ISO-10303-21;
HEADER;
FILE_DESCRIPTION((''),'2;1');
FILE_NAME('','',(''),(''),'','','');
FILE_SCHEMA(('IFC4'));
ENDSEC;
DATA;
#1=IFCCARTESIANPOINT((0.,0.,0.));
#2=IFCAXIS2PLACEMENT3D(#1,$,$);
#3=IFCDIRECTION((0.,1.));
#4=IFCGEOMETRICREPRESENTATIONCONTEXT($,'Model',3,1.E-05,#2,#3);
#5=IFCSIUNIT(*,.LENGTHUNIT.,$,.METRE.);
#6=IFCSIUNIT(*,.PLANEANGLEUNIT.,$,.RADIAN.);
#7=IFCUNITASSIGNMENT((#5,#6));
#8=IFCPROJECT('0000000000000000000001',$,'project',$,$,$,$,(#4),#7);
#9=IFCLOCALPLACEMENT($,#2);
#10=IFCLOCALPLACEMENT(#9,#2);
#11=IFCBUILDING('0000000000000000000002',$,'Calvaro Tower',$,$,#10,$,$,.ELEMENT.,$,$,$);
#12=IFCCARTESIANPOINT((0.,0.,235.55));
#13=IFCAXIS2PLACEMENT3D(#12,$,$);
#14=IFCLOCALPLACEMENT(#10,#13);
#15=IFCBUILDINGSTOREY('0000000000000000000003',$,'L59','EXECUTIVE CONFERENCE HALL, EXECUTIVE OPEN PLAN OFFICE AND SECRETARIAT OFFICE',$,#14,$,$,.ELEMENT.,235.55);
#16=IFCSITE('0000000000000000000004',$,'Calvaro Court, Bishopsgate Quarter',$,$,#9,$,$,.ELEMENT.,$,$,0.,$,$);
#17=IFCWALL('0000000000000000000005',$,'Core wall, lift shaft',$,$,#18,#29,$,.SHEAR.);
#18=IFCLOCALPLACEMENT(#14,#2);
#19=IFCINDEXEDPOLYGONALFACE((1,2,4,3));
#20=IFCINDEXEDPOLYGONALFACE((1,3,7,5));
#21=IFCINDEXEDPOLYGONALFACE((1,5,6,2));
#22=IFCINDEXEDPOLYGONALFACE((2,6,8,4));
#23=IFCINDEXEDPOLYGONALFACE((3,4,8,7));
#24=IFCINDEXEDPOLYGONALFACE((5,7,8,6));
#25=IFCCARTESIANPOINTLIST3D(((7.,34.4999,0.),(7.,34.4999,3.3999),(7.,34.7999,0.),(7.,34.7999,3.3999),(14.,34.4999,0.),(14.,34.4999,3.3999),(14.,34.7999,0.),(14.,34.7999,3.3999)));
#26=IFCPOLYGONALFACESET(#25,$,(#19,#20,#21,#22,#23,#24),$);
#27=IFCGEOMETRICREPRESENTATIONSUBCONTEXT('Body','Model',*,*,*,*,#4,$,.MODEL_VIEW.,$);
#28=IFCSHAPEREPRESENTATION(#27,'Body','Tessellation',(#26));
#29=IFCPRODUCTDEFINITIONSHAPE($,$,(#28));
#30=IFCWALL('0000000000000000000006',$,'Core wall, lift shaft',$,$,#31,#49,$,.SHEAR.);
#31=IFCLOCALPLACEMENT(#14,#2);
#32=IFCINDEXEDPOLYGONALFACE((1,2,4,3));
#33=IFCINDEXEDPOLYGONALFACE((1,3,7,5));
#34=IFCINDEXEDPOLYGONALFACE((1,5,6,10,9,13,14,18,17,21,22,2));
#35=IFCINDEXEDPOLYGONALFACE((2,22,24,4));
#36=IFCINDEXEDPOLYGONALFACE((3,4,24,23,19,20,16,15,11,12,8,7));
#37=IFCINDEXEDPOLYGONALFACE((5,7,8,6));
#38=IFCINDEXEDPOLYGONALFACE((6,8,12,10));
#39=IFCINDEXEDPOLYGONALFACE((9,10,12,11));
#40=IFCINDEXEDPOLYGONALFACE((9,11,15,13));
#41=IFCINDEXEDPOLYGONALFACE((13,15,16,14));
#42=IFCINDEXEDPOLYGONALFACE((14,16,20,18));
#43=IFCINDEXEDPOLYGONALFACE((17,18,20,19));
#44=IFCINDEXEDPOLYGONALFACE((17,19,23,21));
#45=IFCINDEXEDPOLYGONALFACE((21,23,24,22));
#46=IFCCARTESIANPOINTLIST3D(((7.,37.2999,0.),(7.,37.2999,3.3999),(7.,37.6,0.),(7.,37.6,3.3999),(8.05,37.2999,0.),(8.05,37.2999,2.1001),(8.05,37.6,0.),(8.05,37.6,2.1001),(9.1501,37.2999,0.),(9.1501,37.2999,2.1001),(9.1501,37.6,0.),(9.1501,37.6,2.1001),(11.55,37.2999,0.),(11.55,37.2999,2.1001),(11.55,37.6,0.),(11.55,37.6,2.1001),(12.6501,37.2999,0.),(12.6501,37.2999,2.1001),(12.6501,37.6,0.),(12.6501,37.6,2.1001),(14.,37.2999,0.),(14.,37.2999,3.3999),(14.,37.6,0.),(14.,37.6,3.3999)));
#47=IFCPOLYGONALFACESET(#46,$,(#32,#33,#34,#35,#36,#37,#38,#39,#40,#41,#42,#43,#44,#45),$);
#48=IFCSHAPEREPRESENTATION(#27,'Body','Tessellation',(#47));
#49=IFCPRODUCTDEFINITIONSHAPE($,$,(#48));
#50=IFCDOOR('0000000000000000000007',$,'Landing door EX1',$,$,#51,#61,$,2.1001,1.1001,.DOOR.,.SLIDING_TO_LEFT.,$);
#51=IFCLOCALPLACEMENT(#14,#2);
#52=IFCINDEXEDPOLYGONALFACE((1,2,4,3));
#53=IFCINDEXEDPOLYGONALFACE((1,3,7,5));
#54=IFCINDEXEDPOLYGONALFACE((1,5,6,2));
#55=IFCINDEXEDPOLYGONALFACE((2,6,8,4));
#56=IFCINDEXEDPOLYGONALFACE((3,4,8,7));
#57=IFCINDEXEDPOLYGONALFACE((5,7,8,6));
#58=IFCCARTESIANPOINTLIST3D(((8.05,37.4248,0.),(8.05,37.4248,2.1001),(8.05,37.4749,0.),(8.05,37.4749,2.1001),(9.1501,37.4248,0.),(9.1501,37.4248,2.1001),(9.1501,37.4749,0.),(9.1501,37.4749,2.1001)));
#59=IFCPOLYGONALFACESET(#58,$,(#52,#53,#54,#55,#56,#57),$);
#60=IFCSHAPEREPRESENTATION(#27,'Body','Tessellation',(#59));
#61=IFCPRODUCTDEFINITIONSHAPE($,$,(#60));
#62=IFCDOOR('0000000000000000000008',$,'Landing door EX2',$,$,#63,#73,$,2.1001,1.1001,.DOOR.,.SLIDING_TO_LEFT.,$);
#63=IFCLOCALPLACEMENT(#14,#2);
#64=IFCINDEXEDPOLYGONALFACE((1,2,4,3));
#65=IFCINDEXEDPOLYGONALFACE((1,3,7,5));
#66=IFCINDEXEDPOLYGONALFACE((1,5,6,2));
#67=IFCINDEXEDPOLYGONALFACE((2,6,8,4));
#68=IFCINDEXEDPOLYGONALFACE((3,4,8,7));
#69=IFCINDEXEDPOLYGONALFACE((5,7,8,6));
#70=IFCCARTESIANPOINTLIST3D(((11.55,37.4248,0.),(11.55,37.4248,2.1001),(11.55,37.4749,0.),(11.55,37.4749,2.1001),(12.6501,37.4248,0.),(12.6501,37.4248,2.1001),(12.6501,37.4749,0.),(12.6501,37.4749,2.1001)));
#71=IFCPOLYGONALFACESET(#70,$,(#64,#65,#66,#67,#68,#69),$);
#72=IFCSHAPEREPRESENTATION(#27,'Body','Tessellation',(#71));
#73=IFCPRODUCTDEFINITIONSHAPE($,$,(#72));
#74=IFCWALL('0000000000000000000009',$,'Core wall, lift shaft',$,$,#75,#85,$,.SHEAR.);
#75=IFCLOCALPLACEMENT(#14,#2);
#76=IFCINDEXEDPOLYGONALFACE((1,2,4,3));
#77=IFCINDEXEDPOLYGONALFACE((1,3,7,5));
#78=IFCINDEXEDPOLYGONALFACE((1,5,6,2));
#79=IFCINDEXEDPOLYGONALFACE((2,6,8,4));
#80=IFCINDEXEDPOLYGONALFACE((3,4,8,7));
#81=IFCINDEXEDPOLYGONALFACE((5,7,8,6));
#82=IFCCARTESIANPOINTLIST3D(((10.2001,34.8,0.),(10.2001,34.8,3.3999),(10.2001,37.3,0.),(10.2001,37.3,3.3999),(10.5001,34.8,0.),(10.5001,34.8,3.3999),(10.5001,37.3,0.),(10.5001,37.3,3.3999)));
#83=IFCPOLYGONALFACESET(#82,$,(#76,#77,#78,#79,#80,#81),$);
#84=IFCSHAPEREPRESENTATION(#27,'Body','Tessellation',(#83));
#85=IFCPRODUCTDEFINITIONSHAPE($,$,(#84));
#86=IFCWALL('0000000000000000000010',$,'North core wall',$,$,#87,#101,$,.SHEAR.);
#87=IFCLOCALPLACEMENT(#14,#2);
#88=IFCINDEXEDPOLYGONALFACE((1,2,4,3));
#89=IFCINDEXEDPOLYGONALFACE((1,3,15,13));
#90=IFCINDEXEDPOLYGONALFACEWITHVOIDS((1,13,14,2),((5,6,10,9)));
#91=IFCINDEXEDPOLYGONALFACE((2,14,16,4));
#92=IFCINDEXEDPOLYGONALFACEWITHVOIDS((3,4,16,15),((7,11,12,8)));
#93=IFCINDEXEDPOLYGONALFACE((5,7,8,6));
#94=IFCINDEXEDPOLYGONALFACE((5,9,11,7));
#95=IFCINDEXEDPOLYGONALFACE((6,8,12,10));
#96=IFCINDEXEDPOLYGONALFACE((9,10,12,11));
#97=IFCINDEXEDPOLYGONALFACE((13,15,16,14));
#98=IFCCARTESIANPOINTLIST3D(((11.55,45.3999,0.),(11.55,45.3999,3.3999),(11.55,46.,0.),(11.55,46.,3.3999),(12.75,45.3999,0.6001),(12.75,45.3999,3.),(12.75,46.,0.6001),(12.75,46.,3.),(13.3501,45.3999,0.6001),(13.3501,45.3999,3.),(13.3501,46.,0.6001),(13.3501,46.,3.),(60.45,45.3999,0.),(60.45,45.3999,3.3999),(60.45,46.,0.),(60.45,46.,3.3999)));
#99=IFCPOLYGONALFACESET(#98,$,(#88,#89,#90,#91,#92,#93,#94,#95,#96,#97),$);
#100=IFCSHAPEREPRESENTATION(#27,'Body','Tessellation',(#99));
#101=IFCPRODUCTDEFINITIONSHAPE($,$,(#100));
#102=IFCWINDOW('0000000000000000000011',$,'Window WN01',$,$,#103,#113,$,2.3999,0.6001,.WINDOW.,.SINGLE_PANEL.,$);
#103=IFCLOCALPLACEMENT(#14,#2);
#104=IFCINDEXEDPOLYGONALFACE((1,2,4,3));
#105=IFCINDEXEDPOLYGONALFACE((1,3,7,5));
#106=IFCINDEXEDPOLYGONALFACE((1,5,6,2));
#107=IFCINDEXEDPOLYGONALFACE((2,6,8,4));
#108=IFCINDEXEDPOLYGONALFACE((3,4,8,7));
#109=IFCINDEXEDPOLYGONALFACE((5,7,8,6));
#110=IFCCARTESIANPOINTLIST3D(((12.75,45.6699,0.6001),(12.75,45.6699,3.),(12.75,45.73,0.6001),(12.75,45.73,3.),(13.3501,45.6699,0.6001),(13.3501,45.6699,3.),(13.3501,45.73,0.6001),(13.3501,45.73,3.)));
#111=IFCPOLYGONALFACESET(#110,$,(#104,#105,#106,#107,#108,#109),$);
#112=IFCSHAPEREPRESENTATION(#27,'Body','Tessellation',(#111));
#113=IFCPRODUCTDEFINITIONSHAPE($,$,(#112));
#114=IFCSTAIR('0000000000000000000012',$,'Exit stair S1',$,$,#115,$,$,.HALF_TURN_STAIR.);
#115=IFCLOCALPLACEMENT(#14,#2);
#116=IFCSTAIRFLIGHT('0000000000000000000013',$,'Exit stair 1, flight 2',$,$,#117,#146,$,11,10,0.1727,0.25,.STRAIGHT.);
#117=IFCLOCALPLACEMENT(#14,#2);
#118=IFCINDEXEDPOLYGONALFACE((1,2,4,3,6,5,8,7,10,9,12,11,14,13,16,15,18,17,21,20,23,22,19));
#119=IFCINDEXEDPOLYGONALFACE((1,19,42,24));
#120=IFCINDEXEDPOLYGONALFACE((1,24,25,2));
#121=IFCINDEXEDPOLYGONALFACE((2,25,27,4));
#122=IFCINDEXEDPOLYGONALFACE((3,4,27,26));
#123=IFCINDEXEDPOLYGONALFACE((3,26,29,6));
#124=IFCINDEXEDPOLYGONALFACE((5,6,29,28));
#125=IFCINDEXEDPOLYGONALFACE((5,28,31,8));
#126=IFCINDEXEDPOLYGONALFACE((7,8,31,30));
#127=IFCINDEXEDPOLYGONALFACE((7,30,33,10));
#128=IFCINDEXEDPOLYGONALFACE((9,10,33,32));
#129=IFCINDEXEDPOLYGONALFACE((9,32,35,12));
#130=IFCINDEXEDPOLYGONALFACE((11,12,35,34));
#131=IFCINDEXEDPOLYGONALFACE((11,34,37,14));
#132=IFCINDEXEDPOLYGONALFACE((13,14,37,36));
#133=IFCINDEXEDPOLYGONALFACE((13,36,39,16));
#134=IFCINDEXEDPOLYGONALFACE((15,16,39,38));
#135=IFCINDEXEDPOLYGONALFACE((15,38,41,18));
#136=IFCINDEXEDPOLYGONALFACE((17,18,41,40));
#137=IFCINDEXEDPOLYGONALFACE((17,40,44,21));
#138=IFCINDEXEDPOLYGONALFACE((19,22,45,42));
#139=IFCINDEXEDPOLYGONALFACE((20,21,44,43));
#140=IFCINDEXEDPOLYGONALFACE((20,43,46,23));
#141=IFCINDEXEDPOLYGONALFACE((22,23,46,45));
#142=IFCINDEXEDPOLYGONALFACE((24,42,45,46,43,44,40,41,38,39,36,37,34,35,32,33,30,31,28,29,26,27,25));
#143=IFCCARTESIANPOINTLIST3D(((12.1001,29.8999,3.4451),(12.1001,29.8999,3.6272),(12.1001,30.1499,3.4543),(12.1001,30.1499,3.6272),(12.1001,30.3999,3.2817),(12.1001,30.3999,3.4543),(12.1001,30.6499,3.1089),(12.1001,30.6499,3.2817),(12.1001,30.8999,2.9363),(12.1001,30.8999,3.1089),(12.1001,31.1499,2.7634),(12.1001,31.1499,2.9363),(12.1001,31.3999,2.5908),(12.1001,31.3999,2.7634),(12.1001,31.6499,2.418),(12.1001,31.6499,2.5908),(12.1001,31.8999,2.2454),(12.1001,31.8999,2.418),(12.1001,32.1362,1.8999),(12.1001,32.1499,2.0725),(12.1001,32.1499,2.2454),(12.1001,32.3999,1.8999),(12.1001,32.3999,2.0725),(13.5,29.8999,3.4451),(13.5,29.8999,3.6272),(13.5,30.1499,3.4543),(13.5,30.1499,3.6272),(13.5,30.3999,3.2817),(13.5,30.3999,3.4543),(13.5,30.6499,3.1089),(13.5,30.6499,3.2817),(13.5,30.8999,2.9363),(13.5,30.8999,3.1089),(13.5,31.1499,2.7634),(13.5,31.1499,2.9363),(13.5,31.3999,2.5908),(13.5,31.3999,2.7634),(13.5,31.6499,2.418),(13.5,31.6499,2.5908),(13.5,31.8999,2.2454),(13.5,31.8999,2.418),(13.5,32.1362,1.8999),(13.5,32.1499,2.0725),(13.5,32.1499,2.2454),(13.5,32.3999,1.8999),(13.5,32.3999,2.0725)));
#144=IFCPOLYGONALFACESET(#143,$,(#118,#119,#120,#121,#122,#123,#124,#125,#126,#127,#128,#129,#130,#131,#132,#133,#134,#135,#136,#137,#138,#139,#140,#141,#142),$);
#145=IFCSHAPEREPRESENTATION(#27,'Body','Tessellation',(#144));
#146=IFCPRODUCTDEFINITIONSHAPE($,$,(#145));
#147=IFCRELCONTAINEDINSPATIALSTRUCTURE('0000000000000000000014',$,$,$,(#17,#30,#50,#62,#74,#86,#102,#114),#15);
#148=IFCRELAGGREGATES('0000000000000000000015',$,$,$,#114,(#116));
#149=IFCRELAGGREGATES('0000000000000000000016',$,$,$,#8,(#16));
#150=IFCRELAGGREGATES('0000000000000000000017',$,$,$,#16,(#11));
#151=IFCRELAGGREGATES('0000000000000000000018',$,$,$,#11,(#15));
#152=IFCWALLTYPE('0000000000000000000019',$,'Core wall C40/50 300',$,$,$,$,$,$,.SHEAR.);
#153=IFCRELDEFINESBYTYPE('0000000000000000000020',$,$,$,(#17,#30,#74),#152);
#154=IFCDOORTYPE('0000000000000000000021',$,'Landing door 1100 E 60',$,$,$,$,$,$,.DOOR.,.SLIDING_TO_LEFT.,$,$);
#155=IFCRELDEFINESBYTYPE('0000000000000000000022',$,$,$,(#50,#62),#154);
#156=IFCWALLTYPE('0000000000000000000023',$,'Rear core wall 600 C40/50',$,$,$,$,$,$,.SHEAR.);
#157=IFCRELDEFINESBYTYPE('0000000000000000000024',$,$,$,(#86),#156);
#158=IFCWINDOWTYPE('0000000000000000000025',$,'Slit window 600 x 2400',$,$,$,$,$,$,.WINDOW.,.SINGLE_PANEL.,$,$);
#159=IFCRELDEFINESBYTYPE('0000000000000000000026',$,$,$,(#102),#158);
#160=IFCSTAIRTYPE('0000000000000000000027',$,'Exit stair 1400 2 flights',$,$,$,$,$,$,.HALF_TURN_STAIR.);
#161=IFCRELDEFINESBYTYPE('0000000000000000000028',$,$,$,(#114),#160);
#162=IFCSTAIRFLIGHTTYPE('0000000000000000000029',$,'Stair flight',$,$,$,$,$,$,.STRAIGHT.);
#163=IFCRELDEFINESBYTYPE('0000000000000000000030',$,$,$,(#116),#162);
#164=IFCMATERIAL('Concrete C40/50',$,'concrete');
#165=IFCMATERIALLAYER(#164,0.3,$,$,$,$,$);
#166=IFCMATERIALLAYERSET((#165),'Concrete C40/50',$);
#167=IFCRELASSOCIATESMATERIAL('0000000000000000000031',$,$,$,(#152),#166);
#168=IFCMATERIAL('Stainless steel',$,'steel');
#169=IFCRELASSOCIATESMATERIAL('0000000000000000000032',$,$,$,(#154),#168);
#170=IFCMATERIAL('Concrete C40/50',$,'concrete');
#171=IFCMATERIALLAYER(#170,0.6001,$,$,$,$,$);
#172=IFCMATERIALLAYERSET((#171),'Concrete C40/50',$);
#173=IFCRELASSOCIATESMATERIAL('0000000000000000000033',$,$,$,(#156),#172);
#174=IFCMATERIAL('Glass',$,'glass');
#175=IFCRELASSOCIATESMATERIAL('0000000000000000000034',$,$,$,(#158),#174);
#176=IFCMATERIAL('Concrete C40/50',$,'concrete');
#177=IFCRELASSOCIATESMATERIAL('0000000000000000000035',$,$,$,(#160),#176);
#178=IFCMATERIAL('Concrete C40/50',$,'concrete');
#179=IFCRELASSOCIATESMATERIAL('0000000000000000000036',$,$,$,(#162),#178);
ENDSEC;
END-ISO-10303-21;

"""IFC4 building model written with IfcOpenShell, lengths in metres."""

from ifc_helpers import new_model, si_unit, direction, frame, frame_2d, origin, place, context, subcontext, project, spatial, polyline, rectangle, outline, extrude, material, layer, layer_set, type_object, element, fill, aggregate, save


model = new_model("IFC4")

# Units and contexts
model_context = context("Model", 3, precision=1e-05, world=origin(), true_north=direction((0.0, 1.0)))
body_context = subcontext(model_context, "Body", "Model", "MODEL_VIEW")
ifc_project = project(units=[si_unit("LENGTHUNIT", "METRE"), si_unit("PLANEANGLEUNIT", "RADIAN")], contexts=[model_context])

# Site, building, storey
site_placement = place(None, origin())
site = spatial("IfcSite", under=ifc_project, at=site_placement, Name="Calvaro Court, Bishopsgate Quarter", CompositionType="ELEMENT", RefElevation=0.0)
building_placement = place(site_placement, origin())
building = spatial("IfcBuilding", under=site, at=building_placement, Name="Calvaro Tower", CompositionType="ELEMENT")
storey_placement = place(building_placement, frame((0.0, 0.0, 235.55)))
storey = spatial("IfcBuildingStorey", under=building, at=storey_placement, Name="L59", Description="EXECUTIVE CONFERENCE HALL, EXECUTIVE OPEN PLAN OFFICE AND SECRETARIAT OFFICE", CompositionType="ELEMENT", Elevation=235.55)

# Wall
ifc_material_1 = material(Name="Concrete C40/50", Category="concrete")
ifc_layer_1 = layer(ifc_material_1, 0.3)
ifc_layer_set_1 = layer_set([ifc_layer_1], Name="Concrete C40/50")
wall_type_1 = type_object("IfcWallType", Name="Core wall C40/50 300", PredefinedType="SHEAR", material=ifc_layer_set_1)
wall_1_placement = place(storey_placement, frame((7.0, 34.6499, 0.0), z_axis=(0.0, 0.0, 1.0), x_axis=(1.0, 0.0, 0.0)))
element("IfcWall", 1, at=wall_1_placement, inside=storey, type_object=wall_type_1, Name="Core wall, lift shaft", PredefinedType="SHEAR", context=body_context, shape_type="SweptSolid", body=[
    extrude(rectangle(XDim=7.0, YDim=0.3, at=frame_2d((3.5, 0.0))), origin(), (0.0, 0.0, 1.0), 3.3999),
])

# Wall, openings, doors
wall_2_placement = place(storey_placement, frame((7.0, 37.45, 0.0), z_axis=(0.0, 0.0, 1.0), x_axis=(1.0, 0.0, 0.0)))
wall_2 = element("IfcWall", 2, at=wall_2_placement, inside=storey, type_object=wall_type_1, Name="Core wall, lift shaft", PredefinedType="SHEAR", context=body_context, shape_type="SweptSolid", body=[
    extrude(rectangle(XDim=7.0, YDim=0.3, at=frame_2d((3.5, 0.0))), origin(), (0.0, 0.0, 1.0), 3.3999),
])
opening_1_placement = place(wall_2_placement, frame((1.05, 0.0, 0.0)))
opening_1 = element("IfcOpeningElement", 3, at=opening_1_placement, cuts=wall_2, PredefinedType="OPENING", context=body_context, shape_type="SweptSolid", body=[
    extrude(rectangle(XDim=1.1001, YDim=2.1001, at=frame_2d((0.55, 1.05))), frame((0.0, 0.1599, 0.0), z_axis=(0.0, -1.0, 0.0), x_axis=(1.0, 0.0, 0.0)), (0.0, 0.0, 1.0), 0.3201),
])
opening_2_placement = place(wall_2_placement, frame((4.55, 0.0, 0.0)))
opening_2 = element("IfcOpeningElement", 4, at=opening_2_placement, cuts=wall_2, PredefinedType="OPENING", context=body_context, shape_type="SweptSolid", body=[
    extrude(rectangle(XDim=1.1001, YDim=2.1001, at=frame_2d((0.55, 1.05))), frame((0.0, 0.1599, 0.0), z_axis=(0.0, -1.0, 0.0), x_axis=(1.0, 0.0, 0.0)), (0.0, 0.0, 1.0), 0.3201),
])
ifc_material_2 = material(Name="Stainless steel", Category="steel")
door_type_1 = type_object("IfcDoorType", Name="Landing door 1100 E 60", OperationType="SLIDING_TO_LEFT", PredefinedType="DOOR", material=ifc_material_2)
door_1_placement = place(opening_1_placement, origin())
door_1 = element("IfcDoor", 5, at=door_1_placement, inside=storey, type_object=door_type_1, Name="Landing door EX1", OperationType="SLIDING_TO_LEFT", OverallHeight=2.1001, OverallWidth=1.1001, PredefinedType="DOOR", context=body_context, shape_type="SweptSolid", body=[
    extrude(rectangle(XDim=1.1001, YDim=2.1001, at=frame_2d((0.55, 1.05))), frame((0.0, 0.0249, 0.0), z_axis=(0.0, -1.0, 0.0), x_axis=(1.0, 0.0, 0.0)), (0.0, 0.0, 1.0), 0.05),
])
fill(opening_1, door_1)
door_2_placement = place(opening_2_placement, origin())
door_2 = element("IfcDoor", 6, at=door_2_placement, inside=storey, type_object=door_type_1, Name="Landing door EX2", OperationType="SLIDING_TO_LEFT", OverallHeight=2.1001, OverallWidth=1.1001, PredefinedType="DOOR", context=body_context, shape_type="SweptSolid", body=[
    extrude(rectangle(XDim=1.1001, YDim=2.1001, at=frame_2d((0.55, 1.05))), frame((0.0, 0.0249, 0.0), z_axis=(0.0, -1.0, 0.0), x_axis=(1.0, 0.0, 0.0)), (0.0, 0.0, 1.0), 0.05),
])
fill(opening_2, door_2)

# Wall
wall_3_placement = place(storey_placement, frame((10.3501, 34.8, 0.0), z_axis=(0.0, 0.0, 1.0), x_axis=(0.0, 1.0, 0.0)))
element("IfcWall", 7, at=wall_3_placement, inside=storey, type_object=wall_type_1, Name="Core wall, lift shaft", PredefinedType="SHEAR", context=body_context, shape_type="SweptSolid", body=[
    extrude(rectangle(XDim=2.5, YDim=0.3, at=frame_2d((1.25, 0.0))), origin(), (0.0, 0.0, 1.0), 3.3999),
])

# Wall, opening, window
ifc_material_3 = material(Name="Concrete C40/50", Category="concrete")
ifc_layer_2 = layer(ifc_material_3, 0.6001)
ifc_layer_set_2 = layer_set([ifc_layer_2], Name="Concrete C40/50")
wall_type_2 = type_object("IfcWallType", Name="Rear core wall 600 C40/50", PredefinedType="SHEAR", material=ifc_layer_set_2)
wall_4_placement = place(storey_placement, frame((11.55, 45.7, 0.0), z_axis=(0.0, 0.0, 1.0), x_axis=(1.0, 0.0, 0.0)))
wall_4 = element("IfcWall", 8, at=wall_4_placement, inside=storey, type_object=wall_type_2, Name="North core wall", PredefinedType="SHEAR", context=body_context, shape_type="SweptSolid", body=[
    extrude(rectangle(XDim=48.8999, YDim=0.6001, at=frame_2d((24.45, 0.0))), origin(), (0.0, 0.0, 1.0), 3.3999),
])
opening_3_placement = place(wall_4_placement, frame((1.2, 0.0, 0.6001)))
opening_3 = element("IfcOpeningElement", 9, at=opening_3_placement, cuts=wall_4, PredefinedType="OPENING", context=body_context, shape_type="SweptSolid", body=[
    extrude(rectangle(XDim=0.6001, YDim=2.3999, at=frame_2d((0.3, 1.2))), frame((0.0, 0.3101, 0.0), z_axis=(0.0, -1.0, 0.0), x_axis=(1.0, 0.0, 0.0)), (0.0, 0.0, 1.0), 0.6201),
])
ifc_material_4 = material(Name="Glass", Category="glass")
window_type = type_object("IfcWindowType", Name="Slit window 600 x 2400", PartitioningType="SINGLE_PANEL", PredefinedType="WINDOW", material=ifc_material_4)
window_placement = place(opening_3_placement, origin())
window = element("IfcWindow", 10, at=window_placement, inside=storey, type_object=window_type, Name="Window WN01", OverallHeight=2.3999, OverallWidth=0.6001, PartitioningType="SINGLE_PANEL", PredefinedType="WINDOW", context=body_context, shape_type="SweptSolid", body=[
    extrude(rectangle(XDim=0.6001, YDim=2.3999, at=frame_2d((0.3, 1.2))), frame((0.0, 0.03, 0.0), z_axis=(0.0, -1.0, 0.0), x_axis=(1.0, 0.0, 0.0)), (0.0, 0.0, 1.0), 0.0601),
])
fill(opening_3, window)

# Stair, stair flight
ifc_material_5 = material(Name="Concrete C40/50", Category="concrete")
stair_type = type_object("IfcStairType", Name="Exit stair 1400 2 flights", PredefinedType="HALF_TURN_STAIR", material=ifc_material_5)
stair_placement = place(storey_placement, origin())
stair = element("IfcStair", 11, at=stair_placement, inside=storey, type_object=stair_type, Name="Exit stair S1", PredefinedType="HALF_TURN_STAIR")
ifc_material_6 = material(Name="Concrete C40/50", Category="concrete")
stair_flight_type = type_object("IfcStairFlightType", Name="Stair flight", PredefinedType="STRAIGHT", material=ifc_material_6)
stair_flight_placement = place(storey_placement, frame((12.8, 32.3999, 1.8999), z_axis=(0.0, 0.0, 1.0), x_axis=(0.0, -1.0, 0.0)))
stair_flight = element("IfcStairFlight", 12, at=stair_flight_placement, type_object=stair_flight_type, Name="Exit stair 1, flight 2", NumberOfRisers=11, NumberOfTreads=10, PredefinedType="STRAIGHT", RiserHeight=0.1727, TreadLength=0.25, context=body_context, shape_type="SweptSolid", body=[
    extrude(outline(polyline([(0.0, 0.0), (0.0, 0.1726), (0.25, 0.1726), (0.25, 0.3455), (0.5, 0.3455), (0.5, 0.5181), (0.75, 0.5181), (0.75, 0.6909), (1.0, 0.6909), (1.0, 0.8635), (1.25, 0.8635), (1.25, 1.0364), (1.5, 1.0364), (1.5, 1.209), (1.75, 1.209), (1.75, 1.3818), (2.0, 1.3818), (2.0, 1.5544), (2.25, 1.5544), (2.25, 1.7273), (2.5, 1.7273), (2.5, 1.8999), (2.5, 1.5452), (0.2637, 0.0), (0.0, 0.0)])), frame((0.0, 0.7, 0.0), z_axis=(0.0, -1.0, 0.0), x_axis=(1.0, 0.0, 0.0)), (0.0, 0.0, 1.0), 1.3999),
])
aggregate(stair, [stair_flight])

save(model, "model.ifc")
